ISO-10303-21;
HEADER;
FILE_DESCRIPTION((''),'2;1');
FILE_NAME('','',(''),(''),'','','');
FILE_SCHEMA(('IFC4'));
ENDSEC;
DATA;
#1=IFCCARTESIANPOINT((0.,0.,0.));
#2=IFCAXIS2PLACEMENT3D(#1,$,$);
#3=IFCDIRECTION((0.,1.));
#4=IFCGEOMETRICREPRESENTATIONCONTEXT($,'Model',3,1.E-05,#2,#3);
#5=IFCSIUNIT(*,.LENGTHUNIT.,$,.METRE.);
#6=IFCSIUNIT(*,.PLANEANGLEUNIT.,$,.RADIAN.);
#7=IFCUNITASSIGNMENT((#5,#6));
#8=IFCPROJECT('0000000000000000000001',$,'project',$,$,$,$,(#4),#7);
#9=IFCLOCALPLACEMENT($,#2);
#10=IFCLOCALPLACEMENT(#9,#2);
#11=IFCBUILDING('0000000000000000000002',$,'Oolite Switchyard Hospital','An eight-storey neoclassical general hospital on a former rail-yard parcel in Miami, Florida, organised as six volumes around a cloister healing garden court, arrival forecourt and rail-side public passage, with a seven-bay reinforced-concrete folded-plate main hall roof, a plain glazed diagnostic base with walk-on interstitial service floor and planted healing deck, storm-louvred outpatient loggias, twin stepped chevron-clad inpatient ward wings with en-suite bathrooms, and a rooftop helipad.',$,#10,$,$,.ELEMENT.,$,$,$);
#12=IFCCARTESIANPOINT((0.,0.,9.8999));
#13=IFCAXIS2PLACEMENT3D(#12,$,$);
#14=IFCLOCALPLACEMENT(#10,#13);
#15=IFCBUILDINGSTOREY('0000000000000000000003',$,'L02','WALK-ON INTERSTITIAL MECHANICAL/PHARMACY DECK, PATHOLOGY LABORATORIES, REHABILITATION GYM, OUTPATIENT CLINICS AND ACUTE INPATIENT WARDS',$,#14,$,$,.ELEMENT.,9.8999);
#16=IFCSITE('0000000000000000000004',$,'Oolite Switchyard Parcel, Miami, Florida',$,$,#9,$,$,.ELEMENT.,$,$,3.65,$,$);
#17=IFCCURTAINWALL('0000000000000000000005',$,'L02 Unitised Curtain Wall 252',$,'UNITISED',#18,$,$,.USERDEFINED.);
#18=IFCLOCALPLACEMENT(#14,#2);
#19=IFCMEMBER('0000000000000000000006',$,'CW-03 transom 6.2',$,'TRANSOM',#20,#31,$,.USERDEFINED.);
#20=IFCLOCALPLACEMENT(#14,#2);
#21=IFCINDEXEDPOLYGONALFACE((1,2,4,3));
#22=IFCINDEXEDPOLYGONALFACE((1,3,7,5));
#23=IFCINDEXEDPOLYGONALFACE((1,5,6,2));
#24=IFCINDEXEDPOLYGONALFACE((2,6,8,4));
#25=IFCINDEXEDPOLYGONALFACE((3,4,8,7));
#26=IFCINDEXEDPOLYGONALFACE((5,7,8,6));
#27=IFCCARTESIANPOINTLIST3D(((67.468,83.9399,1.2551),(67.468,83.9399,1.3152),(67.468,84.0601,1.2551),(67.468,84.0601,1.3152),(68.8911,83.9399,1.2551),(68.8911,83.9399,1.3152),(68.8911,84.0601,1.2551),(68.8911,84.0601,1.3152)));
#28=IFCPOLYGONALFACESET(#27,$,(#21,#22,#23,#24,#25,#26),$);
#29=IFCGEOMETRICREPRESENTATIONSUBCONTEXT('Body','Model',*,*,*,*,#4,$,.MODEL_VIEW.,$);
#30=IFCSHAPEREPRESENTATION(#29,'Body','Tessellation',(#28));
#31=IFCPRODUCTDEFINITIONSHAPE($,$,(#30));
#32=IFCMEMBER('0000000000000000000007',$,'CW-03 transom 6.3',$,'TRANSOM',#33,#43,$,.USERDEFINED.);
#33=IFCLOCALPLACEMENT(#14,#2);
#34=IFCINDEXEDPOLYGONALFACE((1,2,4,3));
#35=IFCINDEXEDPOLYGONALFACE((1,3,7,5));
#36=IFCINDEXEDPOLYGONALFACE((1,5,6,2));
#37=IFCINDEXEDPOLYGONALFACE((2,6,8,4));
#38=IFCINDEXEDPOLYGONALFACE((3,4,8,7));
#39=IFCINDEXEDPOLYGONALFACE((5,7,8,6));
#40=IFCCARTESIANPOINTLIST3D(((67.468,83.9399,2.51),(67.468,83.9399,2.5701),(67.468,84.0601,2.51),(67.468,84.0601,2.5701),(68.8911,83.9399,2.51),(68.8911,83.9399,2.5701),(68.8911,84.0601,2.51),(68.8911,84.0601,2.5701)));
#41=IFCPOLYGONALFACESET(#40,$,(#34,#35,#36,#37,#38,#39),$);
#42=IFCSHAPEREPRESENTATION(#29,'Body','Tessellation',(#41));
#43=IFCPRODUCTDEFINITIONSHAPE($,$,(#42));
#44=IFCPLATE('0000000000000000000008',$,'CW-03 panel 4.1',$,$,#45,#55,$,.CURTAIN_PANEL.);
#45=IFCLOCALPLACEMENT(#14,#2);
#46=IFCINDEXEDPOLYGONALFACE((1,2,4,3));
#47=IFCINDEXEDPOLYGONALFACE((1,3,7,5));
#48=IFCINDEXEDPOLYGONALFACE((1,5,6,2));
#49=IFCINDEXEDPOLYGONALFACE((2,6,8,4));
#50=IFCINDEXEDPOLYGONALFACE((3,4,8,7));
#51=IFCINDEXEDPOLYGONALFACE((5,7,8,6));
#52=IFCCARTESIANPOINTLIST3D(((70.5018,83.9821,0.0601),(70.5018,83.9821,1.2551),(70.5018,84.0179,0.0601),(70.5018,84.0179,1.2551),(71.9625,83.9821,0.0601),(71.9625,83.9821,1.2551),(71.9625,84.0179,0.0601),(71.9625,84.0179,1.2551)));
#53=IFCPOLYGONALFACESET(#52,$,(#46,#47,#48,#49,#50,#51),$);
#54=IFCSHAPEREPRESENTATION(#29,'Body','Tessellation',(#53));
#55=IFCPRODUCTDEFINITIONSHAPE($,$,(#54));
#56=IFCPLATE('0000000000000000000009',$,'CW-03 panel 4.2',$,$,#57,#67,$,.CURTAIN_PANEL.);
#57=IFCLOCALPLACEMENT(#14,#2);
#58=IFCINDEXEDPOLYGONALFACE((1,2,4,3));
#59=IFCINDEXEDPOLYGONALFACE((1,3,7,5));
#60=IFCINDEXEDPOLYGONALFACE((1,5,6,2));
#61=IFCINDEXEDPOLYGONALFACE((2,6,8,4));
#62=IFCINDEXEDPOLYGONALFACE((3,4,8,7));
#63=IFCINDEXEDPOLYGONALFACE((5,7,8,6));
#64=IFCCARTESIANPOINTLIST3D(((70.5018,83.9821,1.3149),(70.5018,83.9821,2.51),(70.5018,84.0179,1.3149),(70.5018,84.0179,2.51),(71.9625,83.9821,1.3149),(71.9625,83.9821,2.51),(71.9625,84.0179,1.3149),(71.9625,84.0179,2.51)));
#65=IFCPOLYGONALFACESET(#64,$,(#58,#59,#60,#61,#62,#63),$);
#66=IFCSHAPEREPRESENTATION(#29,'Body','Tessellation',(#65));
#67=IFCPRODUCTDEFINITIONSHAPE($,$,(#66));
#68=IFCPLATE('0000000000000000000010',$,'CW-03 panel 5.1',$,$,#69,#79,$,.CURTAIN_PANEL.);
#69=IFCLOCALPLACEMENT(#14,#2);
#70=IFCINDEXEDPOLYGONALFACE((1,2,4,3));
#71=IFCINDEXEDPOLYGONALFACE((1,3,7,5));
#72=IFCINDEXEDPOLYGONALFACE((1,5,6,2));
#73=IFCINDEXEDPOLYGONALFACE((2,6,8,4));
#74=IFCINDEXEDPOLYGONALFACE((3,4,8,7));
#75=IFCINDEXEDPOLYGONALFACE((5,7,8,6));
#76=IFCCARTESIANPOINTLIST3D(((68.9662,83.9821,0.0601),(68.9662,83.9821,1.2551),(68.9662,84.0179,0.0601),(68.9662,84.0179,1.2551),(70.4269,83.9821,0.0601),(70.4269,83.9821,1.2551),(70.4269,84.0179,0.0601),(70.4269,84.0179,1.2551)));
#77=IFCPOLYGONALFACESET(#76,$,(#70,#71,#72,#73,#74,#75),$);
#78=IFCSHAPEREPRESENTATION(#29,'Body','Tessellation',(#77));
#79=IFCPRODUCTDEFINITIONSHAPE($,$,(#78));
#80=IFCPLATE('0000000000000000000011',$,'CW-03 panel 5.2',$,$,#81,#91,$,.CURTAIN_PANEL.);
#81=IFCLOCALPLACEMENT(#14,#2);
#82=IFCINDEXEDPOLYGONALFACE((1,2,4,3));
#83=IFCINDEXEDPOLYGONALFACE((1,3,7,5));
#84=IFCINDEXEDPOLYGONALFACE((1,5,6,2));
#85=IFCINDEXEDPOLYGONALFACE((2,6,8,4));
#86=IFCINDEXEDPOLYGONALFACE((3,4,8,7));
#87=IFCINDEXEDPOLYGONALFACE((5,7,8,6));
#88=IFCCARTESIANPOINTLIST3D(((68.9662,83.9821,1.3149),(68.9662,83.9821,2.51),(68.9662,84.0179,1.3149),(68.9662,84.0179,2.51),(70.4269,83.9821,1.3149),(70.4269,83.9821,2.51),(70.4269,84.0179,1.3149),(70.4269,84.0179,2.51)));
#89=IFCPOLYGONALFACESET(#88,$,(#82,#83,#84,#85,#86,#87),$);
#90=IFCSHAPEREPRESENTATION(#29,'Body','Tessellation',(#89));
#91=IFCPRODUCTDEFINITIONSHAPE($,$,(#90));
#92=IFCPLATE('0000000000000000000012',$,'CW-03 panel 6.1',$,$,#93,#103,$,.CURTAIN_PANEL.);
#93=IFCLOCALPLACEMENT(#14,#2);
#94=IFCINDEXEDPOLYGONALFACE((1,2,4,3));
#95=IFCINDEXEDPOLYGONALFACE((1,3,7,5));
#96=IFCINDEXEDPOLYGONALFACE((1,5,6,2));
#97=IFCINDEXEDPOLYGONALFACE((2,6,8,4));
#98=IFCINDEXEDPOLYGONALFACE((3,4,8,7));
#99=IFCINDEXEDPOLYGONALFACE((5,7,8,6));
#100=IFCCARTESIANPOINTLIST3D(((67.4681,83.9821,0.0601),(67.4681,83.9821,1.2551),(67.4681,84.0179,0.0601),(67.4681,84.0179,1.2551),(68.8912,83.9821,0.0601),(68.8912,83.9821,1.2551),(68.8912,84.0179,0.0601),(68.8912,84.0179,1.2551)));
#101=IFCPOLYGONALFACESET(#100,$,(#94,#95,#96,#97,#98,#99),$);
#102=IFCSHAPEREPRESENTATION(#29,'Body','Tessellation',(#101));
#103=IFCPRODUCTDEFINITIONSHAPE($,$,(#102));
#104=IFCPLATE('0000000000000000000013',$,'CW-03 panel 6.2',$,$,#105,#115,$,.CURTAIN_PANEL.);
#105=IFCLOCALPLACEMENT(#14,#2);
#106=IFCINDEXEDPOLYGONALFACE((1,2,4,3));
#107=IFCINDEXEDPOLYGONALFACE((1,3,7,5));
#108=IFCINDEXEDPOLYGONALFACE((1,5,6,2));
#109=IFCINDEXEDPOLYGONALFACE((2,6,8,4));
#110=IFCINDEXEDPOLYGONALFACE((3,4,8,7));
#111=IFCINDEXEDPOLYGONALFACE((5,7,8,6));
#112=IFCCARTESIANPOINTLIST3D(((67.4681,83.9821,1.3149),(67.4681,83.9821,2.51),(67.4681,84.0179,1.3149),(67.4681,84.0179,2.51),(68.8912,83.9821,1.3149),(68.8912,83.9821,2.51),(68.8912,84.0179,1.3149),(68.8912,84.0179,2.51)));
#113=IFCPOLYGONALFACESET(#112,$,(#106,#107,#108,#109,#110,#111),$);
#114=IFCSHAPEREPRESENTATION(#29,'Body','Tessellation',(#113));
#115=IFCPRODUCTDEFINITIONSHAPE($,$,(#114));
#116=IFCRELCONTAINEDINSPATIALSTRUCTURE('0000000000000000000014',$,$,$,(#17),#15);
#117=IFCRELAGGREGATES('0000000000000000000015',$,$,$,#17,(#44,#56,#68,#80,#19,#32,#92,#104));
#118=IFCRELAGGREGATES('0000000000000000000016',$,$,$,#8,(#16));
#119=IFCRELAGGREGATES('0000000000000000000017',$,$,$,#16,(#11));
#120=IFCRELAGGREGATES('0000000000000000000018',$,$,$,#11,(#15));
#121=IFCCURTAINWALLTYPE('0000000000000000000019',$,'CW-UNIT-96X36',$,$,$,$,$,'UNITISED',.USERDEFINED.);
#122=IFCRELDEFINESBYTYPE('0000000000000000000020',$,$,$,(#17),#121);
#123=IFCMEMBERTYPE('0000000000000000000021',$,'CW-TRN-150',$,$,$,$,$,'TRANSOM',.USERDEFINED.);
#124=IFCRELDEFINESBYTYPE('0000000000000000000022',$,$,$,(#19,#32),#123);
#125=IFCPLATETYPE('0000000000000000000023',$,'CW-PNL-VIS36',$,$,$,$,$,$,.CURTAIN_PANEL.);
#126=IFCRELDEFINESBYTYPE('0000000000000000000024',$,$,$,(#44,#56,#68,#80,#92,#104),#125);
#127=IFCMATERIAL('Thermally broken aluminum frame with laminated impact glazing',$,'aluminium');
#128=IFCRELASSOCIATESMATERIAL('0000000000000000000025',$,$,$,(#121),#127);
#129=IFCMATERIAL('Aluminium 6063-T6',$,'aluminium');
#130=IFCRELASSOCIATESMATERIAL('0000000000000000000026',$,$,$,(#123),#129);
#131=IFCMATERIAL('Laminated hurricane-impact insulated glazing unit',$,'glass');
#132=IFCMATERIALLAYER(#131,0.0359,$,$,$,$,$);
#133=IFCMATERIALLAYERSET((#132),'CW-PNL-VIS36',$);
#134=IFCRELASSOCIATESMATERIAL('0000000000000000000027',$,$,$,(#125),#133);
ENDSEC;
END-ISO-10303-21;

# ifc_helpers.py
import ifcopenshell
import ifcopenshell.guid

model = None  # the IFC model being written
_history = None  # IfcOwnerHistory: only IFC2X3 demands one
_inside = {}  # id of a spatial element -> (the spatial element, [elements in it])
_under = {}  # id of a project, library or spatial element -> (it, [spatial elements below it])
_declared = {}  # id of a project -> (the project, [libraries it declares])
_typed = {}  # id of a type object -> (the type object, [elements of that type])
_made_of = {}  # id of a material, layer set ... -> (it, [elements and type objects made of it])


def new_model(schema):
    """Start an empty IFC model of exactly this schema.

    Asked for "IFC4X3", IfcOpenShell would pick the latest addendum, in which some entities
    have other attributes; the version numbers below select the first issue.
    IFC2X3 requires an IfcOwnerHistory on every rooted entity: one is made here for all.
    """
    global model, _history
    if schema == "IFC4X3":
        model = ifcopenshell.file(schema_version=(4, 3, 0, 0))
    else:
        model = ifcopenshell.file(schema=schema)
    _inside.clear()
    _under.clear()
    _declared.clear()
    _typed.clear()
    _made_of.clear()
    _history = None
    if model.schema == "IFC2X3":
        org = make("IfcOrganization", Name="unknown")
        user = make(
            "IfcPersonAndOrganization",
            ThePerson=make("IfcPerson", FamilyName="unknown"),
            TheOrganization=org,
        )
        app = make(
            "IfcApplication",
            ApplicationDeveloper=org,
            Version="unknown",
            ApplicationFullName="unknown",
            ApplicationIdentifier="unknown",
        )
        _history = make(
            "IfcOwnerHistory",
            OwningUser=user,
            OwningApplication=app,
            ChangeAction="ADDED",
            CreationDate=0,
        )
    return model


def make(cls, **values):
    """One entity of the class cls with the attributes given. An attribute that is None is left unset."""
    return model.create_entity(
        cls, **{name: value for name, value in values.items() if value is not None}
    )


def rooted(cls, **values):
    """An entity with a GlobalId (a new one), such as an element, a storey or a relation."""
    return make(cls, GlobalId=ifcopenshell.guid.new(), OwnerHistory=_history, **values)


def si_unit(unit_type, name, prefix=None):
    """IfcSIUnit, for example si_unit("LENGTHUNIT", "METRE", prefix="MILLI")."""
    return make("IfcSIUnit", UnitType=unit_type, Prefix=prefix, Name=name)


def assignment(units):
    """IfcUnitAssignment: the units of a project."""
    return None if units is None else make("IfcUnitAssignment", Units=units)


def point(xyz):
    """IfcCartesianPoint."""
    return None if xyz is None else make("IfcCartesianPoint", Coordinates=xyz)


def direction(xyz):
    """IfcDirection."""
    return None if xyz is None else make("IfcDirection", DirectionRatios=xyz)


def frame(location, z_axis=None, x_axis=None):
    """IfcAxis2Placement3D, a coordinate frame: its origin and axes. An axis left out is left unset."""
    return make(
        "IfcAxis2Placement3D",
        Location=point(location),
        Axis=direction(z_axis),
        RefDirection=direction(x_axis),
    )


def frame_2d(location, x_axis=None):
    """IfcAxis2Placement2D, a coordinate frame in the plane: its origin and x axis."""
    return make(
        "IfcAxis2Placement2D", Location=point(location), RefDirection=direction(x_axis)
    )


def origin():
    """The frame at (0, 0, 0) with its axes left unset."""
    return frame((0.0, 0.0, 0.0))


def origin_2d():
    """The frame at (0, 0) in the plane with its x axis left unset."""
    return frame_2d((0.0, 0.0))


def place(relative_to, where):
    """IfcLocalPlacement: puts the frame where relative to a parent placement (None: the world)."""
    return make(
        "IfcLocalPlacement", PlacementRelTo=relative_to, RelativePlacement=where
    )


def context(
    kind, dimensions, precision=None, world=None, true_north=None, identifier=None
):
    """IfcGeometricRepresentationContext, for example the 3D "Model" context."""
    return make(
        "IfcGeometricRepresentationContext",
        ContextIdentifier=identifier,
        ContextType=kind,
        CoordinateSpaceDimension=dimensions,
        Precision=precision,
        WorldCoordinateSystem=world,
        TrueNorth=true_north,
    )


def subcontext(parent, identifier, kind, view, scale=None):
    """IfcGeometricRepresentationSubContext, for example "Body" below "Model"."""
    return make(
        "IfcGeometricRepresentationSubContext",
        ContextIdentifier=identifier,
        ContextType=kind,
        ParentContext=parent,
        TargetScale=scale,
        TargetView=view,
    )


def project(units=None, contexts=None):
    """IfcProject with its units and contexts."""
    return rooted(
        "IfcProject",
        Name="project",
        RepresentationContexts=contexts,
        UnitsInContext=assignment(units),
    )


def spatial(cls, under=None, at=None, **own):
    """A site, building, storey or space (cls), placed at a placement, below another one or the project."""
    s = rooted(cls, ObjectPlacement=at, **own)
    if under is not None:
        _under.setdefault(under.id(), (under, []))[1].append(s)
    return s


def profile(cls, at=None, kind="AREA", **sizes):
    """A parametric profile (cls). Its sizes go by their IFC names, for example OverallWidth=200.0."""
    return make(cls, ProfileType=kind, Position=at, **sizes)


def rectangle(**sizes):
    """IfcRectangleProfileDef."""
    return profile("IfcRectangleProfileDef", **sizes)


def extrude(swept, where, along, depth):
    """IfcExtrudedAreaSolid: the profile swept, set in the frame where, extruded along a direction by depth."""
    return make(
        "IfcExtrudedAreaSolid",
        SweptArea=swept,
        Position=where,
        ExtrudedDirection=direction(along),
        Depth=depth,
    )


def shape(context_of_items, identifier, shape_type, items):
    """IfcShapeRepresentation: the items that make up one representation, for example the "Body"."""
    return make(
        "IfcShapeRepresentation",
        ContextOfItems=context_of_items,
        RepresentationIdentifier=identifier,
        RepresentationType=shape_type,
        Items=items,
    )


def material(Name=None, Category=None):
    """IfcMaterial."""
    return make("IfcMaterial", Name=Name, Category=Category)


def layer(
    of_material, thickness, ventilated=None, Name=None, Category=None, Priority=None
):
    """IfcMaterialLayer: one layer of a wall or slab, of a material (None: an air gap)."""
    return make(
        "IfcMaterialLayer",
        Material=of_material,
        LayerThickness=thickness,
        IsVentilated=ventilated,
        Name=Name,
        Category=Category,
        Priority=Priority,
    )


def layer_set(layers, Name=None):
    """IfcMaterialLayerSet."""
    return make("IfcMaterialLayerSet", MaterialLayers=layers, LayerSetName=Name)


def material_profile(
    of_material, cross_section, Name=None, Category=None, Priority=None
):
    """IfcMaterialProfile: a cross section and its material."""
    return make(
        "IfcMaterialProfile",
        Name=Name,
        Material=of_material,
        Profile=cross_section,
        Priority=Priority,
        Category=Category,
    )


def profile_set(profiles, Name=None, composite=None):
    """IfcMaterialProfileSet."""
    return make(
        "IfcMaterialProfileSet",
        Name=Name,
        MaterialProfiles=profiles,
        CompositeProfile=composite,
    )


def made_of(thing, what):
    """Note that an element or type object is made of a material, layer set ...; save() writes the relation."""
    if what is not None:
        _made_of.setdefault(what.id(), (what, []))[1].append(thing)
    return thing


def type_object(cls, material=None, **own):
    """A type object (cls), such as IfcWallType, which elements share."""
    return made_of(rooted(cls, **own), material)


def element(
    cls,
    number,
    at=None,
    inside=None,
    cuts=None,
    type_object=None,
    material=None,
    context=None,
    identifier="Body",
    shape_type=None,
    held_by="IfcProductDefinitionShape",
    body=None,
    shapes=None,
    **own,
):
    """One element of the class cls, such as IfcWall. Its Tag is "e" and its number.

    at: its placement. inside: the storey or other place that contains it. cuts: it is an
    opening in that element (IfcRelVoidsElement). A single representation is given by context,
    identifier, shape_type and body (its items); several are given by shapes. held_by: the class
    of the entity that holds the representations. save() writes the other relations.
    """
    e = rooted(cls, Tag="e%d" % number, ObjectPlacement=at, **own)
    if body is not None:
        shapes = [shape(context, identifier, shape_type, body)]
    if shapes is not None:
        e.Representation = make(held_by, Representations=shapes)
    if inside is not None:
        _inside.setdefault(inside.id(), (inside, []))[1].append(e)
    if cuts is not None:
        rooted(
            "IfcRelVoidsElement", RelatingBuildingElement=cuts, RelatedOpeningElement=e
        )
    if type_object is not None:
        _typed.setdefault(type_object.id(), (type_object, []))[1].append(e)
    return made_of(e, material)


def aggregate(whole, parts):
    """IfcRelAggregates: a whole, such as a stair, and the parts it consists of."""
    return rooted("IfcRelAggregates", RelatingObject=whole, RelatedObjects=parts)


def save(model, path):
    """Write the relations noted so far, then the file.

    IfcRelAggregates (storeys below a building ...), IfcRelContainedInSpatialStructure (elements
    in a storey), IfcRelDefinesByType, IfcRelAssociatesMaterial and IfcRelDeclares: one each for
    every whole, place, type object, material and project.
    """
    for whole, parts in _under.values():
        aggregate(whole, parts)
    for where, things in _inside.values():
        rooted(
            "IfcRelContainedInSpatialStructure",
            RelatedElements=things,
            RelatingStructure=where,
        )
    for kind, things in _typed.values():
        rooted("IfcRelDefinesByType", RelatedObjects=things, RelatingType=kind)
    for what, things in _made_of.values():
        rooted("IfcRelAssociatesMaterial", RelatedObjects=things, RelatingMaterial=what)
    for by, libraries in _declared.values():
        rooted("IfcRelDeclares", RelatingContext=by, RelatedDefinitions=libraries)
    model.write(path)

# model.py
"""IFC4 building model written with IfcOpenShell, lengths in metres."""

from ifc_helpers import new_model, si_unit, direction, frame, origin, origin_2d, place, context, subcontext, project, spatial, rectangle, extrude, material, layer, layer_set, material_profile, profile_set, type_object, element, aggregate, save


model = new_model("IFC4")

# Units and contexts
model_context = context("Model", 3, precision=1e-05, world=origin(), true_north=direction((0.0, 1.0)))
body_context = subcontext(model_context, "Body", "Model", "MODEL_VIEW")
ifc_project = project(units=[si_unit("LENGTHUNIT", "METRE"), si_unit("PLANEANGLEUNIT", "RADIAN")], contexts=[model_context])

# Site, building, storey
site_placement = place(None, origin())
site = spatial("IfcSite", under=ifc_project, at=site_placement, Name="Oolite Switchyard Parcel, Miami, Florida", CompositionType="ELEMENT", RefElevation=3.65)
building_placement = place(site_placement, origin())
building = spatial("IfcBuilding", under=site, at=building_placement, Name="Oolite Switchyard Hospital", Description="An eight-storey neoclassical general hospital on a former rail-yard parcel in Miami, Florida, organised as six volumes around a cloister healing garden court, arrival forecourt and rail-side public passage, with a seven-bay reinforced-concrete folded-plate main hall roof, a plain glazed diagnostic base with walk-on interstitial service floor and planted healing deck, storm-louvred outpatient loggias, twin stepped chevron-clad inpatient ward wings with en-suite bathrooms, and a rooftop helipad.", CompositionType="ELEMENT")
storey_placement = place(building_placement, frame((0.0, 0.0, 9.8999)))
storey = spatial("IfcBuildingStorey", under=building, at=storey_placement, Name="L02", Description="WALK-ON INTERSTITIAL MECHANICAL/PHARMACY DECK, PATHOLOGY LABORATORIES, REHABILITATION GYM, OUTPATIENT CLINICS AND ACUTE INPATIENT WARDS", CompositionType="ELEMENT", Elevation=9.8999)

# Curtain wall, members, plates
ifc_material_1 = material(Name="Thermally broken aluminum frame with laminated impact glazing", Category="aluminium")
curtain_wall_type = type_object("IfcCurtainWallType", Name="CW-UNIT-96X36", ElementType="UNITISED", PredefinedType="USERDEFINED", material=ifc_material_1)
curtain_wall_placement = place(storey_placement, origin())
curtain_wall = element("IfcCurtainWall", 1, at=curtain_wall_placement, inside=storey, type_object=curtain_wall_type, Name="L02 Unitised Curtain Wall 252", ObjectType="UNITISED", PredefinedType="USERDEFINED")
ifc_material_2 = material(Name="Aluminium 6063-T6", Category="aluminium")
ifc_material_profile_1 = material_profile(ifc_material_2, rectangle(XDim=0.1201, YDim=0.0601, at=origin_2d()), Name="CWT60X120")
ifc_profile_set_1 = profile_set([ifc_material_profile_1], Name="Aluminium 6063-T6")
member_type_1 = type_object("IfcMemberType", Name="CW-TRN-150", ElementType="TRANSOM", PredefinedType="USERDEFINED", material=ifc_profile_set_1)
member_1_placement = place(storey_placement, frame((68.8911, 84.0, 1.2852), z_axis=(-1.0, 0.0, 0.0), x_axis=(0.0, -1.0, 0.0)))
member_1 = element("IfcMember", 2, at=member_1_placement, type_object=member_type_1, Name="CW-03 transom 6.2", ObjectType="TRANSOM", PredefinedType="USERDEFINED", context=body_context, shape_type="SweptSolid", body=[
    extrude(rectangle(XDim=0.1201, YDim=0.0601, at=origin_2d()), origin(), (0.0, 0.0, 1.0), 1.4231),
])
member_2_placement = place(storey_placement, frame((68.8911, 84.0, 2.54), z_axis=(-1.0, 0.0, 0.0), x_axis=(0.0, -1.0, 0.0)))
member_2 = element("IfcMember", 3, at=member_2_placement, type_object=member_type_1, Name="CW-03 transom 6.3", ObjectType="TRANSOM", PredefinedType="USERDEFINED", context=body_context, shape_type="SweptSolid", body=[
    extrude(rectangle(XDim=0.1201, YDim=0.0601, at=origin_2d()), origin(), (0.0, 0.0, 1.0), 1.4231),
])
ifc_material_3 = material(Name="Laminated hurricane-impact insulated glazing unit", Category="glass")
ifc_layer = layer(ifc_material_3, 0.0359)
ifc_layer_set = layer_set([ifc_layer], Name="CW-PNL-VIS36")
plate_type = type_object("IfcPlateType", Name="CW-PNL-VIS36", PredefinedType="CURTAIN_PANEL", material=ifc_layer_set)
plate_1_placement = place(storey_placement, frame((71.2322, 84.0, 0.0601), z_axis=(0.0, 0.0, 1.0), x_axis=(-1.0, 0.0, 0.0)))
plate_1 = element("IfcPlate", 4, at=plate_1_placement, type_object=plate_type, Name="CW-03 panel 4.1", PredefinedType="CURTAIN_PANEL", context=body_context, shape_type="SweptSolid", body=[
    extrude(rectangle(XDim=1.4607, YDim=0.0359, at=origin_2d()), origin(), (0.0, 0.0, 1.0), 1.1951),
])
plate_2_placement = place(storey_placement, frame((71.2322, 84.0, 1.3149), z_axis=(0.0, 0.0, 1.0), x_axis=(-1.0, 0.0, 0.0)))
plate_2 = element("IfcPlate", 5, at=plate_2_placement, type_object=plate_type, Name="CW-03 panel 4.2", PredefinedType="CURTAIN_PANEL", context=body_context, shape_type="SweptSolid", body=[
    extrude(rectangle(XDim=1.4607, YDim=0.0359, at=origin_2d()), origin(), (0.0, 0.0, 1.0), 1.1951),
])
plate_3_placement = place(storey_placement, frame((69.6965, 84.0, 0.0601), z_axis=(0.0, 0.0, 1.0), x_axis=(-1.0, 0.0, 0.0)))
plate_3 = element("IfcPlate", 6, at=plate_3_placement, type_object=plate_type, Name="CW-03 panel 5.1", PredefinedType="CURTAIN_PANEL", context=body_context, shape_type="SweptSolid", body=[
    extrude(rectangle(XDim=1.4607, YDim=0.0359, at=origin_2d()), origin(), (0.0, 0.0, 1.0), 1.1951),
])
plate_4_placement = place(storey_placement, frame((69.6965, 84.0, 1.3149), z_axis=(0.0, 0.0, 1.0), x_axis=(-1.0, 0.0, 0.0)))
plate_4 = element("IfcPlate", 7, at=plate_4_placement, type_object=plate_type, Name="CW-03 panel 5.2", PredefinedType="CURTAIN_PANEL", context=body_context, shape_type="SweptSolid", body=[
    extrude(rectangle(XDim=1.4607, YDim=0.0359, at=origin_2d()), origin(), (0.0, 0.0, 1.0), 1.1951),
])
plate_5_placement = place(storey_placement, frame((68.1797, 84.0, 0.0601), z_axis=(0.0, 0.0, 1.0), x_axis=(-1.0, 0.0, 0.0)))
plate_5 = element("IfcPlate", 8, at=plate_5_placement, type_object=plate_type, Name="CW-03 panel 6.1", PredefinedType="CURTAIN_PANEL", context=body_context, shape_type="SweptSolid", body=[
    extrude(rectangle(XDim=1.4231, YDim=0.0359, at=origin_2d()), origin(), (0.0, 0.0, 1.0), 1.1951),
])
plate_6_placement = place(storey_placement, frame((68.1797, 84.0, 1.3149), z_axis=(0.0, 0.0, 1.0), x_axis=(-1.0, 0.0, 0.0)))
plate_6 = element("IfcPlate", 9, at=plate_6_placement, type_object=plate_type, Name="CW-03 panel 6.2", PredefinedType="CURTAIN_PANEL", context=body_context, shape_type="SweptSolid", body=[
    extrude(rectangle(XDim=1.4231, YDim=0.0359, at=origin_2d()), origin(), (0.0, 0.0, 1.0), 1.1951),
])
aggregate(curtain_wall, [plate_1, plate_2, plate_3, plate_4, member_1, member_2, plate_5, plate_6])

save(model, "model.ifc")
